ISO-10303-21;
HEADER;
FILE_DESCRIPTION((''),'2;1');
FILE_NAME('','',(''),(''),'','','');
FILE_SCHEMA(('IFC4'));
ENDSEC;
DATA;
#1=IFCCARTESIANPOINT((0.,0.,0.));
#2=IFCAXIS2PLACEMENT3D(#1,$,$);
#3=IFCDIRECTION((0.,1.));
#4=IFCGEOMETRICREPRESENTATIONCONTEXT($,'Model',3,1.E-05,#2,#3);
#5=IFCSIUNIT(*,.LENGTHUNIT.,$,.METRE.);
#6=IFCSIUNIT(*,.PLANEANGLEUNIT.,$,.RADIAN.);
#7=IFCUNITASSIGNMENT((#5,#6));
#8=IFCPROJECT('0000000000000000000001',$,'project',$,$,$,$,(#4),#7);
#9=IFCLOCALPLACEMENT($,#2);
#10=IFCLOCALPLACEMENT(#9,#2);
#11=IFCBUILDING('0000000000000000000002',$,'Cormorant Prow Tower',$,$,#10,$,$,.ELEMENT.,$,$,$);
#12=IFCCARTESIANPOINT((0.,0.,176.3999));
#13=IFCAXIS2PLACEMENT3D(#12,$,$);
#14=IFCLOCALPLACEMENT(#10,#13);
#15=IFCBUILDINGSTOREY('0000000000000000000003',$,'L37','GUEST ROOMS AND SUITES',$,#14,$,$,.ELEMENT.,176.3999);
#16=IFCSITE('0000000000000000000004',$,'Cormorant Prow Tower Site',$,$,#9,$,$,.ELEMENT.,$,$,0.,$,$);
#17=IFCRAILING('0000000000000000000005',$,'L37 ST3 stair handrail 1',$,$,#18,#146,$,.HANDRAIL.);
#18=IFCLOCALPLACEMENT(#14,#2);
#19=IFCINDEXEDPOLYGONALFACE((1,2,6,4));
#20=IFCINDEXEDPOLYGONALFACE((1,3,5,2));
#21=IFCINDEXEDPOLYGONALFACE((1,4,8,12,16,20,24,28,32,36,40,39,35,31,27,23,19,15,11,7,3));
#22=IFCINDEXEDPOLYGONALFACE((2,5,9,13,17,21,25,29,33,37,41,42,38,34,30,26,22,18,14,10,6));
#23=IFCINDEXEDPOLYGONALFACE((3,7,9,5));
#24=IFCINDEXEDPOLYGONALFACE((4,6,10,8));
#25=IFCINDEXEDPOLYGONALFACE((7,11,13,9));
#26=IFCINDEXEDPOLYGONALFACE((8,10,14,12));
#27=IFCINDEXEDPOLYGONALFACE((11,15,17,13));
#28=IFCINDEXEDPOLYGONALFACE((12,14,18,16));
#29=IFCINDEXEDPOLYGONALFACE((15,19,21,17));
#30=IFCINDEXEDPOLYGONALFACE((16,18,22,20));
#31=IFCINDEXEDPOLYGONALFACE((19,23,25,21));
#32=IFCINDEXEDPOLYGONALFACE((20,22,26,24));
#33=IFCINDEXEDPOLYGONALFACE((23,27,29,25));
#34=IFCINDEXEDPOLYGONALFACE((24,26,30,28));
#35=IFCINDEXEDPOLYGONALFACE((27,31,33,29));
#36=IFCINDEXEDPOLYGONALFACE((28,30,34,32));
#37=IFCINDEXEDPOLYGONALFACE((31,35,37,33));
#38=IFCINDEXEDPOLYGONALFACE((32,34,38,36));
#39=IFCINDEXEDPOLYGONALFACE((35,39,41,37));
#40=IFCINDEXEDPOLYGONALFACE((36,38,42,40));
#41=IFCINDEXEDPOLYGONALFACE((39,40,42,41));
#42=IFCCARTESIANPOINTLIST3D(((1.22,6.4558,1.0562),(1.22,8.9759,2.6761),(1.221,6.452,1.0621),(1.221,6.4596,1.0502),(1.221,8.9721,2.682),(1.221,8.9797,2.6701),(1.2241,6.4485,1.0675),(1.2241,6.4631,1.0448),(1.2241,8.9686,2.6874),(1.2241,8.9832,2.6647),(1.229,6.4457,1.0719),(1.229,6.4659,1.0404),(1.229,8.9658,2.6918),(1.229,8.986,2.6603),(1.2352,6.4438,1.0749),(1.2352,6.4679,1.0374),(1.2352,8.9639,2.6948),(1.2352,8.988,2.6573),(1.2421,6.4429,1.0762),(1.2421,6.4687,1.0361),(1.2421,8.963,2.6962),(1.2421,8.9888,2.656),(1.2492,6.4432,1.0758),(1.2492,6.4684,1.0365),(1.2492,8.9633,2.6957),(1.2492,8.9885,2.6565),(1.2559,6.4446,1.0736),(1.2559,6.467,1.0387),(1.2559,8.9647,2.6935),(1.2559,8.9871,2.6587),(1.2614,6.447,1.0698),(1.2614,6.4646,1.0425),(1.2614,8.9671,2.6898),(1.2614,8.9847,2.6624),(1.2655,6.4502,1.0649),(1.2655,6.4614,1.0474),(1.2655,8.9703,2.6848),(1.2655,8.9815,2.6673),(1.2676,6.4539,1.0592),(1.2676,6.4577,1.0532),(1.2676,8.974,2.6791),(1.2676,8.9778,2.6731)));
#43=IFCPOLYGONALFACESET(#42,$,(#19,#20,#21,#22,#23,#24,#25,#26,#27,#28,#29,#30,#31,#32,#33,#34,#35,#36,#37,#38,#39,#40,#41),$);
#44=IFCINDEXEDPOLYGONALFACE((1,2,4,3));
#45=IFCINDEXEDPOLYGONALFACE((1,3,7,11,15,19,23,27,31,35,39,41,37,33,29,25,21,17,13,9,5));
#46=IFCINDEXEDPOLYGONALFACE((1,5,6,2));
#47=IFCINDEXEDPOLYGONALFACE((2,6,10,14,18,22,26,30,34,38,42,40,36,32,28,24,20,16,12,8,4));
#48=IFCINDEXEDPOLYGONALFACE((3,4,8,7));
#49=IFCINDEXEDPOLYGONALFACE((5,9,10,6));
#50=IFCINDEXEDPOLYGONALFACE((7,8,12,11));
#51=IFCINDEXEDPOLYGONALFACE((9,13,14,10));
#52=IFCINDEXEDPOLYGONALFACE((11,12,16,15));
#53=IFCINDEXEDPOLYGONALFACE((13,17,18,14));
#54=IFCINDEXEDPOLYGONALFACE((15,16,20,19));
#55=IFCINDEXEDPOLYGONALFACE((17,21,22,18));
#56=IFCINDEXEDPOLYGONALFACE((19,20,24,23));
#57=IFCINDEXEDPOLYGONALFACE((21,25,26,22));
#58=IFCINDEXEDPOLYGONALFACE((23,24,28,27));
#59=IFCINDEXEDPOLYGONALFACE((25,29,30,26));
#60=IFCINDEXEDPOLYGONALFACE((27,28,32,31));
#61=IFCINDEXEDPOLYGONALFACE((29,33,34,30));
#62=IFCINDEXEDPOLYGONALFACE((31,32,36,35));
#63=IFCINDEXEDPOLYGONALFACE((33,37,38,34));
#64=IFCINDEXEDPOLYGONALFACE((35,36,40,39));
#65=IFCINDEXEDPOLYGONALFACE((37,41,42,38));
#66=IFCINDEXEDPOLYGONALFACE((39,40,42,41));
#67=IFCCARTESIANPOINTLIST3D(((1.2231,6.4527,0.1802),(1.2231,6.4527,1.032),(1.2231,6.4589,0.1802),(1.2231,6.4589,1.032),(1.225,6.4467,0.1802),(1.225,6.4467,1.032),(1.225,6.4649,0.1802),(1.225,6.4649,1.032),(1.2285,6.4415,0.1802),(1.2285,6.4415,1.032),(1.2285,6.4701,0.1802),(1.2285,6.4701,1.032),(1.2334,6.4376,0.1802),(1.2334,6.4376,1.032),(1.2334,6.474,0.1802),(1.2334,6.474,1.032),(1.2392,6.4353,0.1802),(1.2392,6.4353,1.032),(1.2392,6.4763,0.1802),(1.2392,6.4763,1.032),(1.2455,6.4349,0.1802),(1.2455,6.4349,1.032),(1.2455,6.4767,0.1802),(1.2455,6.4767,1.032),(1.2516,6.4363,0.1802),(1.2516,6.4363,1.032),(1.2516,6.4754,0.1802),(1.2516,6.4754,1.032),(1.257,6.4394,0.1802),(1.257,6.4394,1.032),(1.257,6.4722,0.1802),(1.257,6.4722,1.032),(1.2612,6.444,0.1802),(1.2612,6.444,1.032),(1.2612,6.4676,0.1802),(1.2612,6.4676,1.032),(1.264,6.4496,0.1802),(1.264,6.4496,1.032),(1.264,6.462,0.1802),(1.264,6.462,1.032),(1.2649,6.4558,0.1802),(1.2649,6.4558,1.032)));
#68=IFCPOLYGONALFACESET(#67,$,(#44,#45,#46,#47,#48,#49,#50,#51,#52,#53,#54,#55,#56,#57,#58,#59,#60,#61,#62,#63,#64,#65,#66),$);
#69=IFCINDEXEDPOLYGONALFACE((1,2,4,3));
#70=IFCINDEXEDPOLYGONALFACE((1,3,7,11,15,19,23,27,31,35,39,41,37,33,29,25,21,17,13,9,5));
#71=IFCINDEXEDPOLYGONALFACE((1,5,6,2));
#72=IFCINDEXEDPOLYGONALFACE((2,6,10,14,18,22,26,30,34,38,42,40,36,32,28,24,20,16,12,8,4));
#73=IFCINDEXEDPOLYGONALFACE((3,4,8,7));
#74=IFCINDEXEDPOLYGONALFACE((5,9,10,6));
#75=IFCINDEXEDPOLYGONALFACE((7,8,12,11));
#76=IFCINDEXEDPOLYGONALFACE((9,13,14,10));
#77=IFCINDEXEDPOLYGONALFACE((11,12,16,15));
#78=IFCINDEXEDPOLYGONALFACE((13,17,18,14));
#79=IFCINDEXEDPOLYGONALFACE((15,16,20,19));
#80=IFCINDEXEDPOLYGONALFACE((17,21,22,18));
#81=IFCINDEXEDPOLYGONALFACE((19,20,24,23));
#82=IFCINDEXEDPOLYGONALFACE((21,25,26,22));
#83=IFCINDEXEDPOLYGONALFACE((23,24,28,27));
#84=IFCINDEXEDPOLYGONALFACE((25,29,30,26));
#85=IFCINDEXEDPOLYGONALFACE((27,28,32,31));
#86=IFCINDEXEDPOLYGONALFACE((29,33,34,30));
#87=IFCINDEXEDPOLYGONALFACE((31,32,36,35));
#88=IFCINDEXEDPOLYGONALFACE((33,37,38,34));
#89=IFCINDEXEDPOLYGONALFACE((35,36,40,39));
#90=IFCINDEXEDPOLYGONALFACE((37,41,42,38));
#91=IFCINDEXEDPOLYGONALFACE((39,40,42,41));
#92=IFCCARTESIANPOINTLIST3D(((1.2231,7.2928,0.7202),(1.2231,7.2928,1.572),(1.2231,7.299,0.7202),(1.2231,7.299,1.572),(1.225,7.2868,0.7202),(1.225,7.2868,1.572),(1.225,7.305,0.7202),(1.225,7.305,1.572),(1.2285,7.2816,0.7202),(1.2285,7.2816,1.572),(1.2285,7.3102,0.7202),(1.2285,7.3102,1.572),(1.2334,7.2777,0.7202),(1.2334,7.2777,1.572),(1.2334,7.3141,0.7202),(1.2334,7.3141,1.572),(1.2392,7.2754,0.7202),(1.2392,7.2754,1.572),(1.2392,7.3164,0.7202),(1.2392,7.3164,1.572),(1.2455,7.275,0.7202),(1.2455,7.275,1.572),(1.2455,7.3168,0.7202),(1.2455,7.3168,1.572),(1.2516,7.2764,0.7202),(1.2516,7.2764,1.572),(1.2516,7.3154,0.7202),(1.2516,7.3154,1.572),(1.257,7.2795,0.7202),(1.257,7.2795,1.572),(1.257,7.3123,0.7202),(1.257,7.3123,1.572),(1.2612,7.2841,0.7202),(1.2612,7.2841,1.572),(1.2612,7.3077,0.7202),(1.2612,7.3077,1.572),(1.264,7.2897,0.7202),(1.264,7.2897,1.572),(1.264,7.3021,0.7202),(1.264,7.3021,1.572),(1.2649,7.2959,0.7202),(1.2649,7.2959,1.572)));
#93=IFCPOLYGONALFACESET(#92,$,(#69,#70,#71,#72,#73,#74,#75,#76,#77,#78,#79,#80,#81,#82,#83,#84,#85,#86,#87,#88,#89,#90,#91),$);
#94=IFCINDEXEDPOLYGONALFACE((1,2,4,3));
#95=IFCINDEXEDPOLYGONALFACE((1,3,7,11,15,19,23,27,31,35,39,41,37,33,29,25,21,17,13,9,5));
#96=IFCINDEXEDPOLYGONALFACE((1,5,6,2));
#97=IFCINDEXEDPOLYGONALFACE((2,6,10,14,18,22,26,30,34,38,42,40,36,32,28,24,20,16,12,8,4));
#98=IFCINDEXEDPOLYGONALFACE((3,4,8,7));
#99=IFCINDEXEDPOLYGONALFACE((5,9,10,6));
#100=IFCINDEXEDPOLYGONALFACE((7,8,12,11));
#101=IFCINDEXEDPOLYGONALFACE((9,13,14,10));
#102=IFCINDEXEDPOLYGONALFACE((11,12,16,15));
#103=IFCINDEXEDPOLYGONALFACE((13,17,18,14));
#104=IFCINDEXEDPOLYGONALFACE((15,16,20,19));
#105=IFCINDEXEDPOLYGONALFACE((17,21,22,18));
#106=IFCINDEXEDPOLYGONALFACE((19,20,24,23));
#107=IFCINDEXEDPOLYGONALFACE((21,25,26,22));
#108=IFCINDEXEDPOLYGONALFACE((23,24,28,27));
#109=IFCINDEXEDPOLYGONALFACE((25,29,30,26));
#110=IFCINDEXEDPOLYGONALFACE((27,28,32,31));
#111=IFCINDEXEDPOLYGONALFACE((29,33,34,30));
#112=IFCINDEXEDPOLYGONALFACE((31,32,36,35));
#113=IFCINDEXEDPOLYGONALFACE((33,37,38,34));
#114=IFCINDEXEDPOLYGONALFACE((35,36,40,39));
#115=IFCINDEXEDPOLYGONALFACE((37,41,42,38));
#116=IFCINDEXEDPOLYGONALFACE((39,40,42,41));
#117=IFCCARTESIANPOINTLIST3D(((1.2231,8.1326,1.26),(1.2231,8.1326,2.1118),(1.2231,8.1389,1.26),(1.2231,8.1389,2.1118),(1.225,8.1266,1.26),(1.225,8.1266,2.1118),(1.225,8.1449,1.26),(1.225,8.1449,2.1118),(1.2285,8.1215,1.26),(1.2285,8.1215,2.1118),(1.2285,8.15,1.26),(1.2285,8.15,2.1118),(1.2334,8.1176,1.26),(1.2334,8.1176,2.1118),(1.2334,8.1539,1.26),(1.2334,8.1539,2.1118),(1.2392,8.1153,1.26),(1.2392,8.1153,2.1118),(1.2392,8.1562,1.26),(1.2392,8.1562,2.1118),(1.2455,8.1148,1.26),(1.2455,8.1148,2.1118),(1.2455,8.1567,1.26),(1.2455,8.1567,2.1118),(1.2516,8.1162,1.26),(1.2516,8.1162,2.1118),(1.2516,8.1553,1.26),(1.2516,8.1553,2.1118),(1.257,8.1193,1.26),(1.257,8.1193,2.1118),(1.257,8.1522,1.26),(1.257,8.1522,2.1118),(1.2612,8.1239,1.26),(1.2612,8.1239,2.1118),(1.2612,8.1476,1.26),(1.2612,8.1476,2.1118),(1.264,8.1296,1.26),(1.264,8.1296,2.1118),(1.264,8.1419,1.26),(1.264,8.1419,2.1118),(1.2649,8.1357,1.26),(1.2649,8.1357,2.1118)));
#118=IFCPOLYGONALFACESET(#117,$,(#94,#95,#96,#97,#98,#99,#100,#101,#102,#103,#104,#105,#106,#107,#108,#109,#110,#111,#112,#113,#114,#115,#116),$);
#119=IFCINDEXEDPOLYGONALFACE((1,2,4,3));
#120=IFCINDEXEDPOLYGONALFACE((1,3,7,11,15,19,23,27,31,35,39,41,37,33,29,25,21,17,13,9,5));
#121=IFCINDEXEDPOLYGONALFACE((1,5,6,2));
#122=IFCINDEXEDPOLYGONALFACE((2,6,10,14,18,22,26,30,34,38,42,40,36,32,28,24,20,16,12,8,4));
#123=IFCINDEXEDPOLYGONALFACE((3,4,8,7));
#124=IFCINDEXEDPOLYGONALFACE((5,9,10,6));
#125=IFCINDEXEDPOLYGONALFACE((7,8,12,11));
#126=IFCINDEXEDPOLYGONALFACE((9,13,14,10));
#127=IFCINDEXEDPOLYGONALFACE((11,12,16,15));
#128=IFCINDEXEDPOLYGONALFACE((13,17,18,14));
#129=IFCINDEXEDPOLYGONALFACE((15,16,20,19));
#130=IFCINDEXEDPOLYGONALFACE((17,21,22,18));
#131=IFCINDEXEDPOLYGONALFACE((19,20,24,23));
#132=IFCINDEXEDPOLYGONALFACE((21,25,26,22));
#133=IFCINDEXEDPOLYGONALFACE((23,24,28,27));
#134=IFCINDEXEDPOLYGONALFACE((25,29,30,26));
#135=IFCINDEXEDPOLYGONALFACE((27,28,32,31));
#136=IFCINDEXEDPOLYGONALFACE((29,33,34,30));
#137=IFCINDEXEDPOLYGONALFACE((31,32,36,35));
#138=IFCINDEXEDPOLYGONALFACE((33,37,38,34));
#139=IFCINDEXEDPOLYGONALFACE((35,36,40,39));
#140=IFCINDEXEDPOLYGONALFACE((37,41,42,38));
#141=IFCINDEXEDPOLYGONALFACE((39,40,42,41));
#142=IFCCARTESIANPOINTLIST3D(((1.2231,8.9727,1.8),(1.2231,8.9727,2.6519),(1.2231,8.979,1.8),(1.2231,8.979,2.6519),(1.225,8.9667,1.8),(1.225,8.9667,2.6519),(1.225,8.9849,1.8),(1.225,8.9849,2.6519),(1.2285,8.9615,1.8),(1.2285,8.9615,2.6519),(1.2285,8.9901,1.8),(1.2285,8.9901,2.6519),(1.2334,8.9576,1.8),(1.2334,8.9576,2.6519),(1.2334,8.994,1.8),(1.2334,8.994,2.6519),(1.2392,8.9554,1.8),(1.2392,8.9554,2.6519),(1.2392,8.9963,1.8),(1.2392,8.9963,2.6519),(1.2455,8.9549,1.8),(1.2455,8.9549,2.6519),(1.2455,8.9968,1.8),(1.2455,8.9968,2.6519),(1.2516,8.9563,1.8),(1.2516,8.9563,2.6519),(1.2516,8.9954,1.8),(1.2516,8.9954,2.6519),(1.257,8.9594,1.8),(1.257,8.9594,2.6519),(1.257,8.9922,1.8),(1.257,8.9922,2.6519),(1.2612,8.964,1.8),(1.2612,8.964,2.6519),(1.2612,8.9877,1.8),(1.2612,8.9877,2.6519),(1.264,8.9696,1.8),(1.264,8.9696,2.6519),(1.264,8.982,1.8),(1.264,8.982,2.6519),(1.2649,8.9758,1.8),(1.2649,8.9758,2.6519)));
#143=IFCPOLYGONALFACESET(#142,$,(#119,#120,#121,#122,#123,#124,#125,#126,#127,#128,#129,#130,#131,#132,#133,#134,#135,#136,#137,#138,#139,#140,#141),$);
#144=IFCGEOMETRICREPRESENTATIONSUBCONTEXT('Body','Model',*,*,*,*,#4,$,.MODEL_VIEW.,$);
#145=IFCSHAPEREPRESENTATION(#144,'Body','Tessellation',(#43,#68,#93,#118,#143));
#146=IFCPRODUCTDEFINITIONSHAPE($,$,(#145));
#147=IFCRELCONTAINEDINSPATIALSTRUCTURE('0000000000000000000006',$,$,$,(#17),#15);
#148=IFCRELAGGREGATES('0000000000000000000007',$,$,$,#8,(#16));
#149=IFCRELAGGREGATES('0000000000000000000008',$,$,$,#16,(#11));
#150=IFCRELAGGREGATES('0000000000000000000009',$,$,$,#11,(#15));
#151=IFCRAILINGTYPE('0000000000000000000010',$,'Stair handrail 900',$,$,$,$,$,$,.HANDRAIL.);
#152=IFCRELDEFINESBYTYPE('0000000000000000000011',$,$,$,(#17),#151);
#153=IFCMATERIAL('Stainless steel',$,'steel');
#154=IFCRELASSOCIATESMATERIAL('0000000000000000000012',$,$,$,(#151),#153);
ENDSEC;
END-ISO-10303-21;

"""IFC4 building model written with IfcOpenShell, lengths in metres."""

from ifc_helpers import new_model, si_unit, direction, frame, origin, origin_2d, place, context, subcontext, project, spatial, circle, extrude, material, type_object, element, save


model = new_model("IFC4")

# Units and contexts
model_context = context("Model", 3, precision=1e-05, world=origin(), true_north=direction((0.0, 1.0)))
body_context = subcontext(model_context, "Body", "Model", "MODEL_VIEW")
ifc_project = project(units=[si_unit("LENGTHUNIT", "METRE"), si_unit("PLANEANGLEUNIT", "RADIAN")], contexts=[model_context])

# Site, building, storey
site_placement = place(None, origin())
site = spatial("IfcSite", under=ifc_project, at=site_placement, Name="Cormorant Prow Tower Site", CompositionType="ELEMENT", RefElevation=0.0)
building_placement = place(site_placement, origin())
building = spatial("IfcBuilding", under=site, at=building_placement, Name="Cormorant Prow Tower", CompositionType="ELEMENT")
storey_placement = place(building_placement, frame((0.0, 0.0, 176.3999)))
storey = spatial("IfcBuildingStorey", under=building, at=storey_placement, Name="L37", Description="GUEST ROOMS AND SUITES", CompositionType="ELEMENT", Elevation=176.3999)

# Railing
ifc_material_1 = material(Name="Stainless steel", Category="steel")
railing_type_1 = type_object("IfcRailingType", Name="Stair handrail 900", PredefinedType="HANDRAIL", material=ifc_material_1)
railing_1_placement = place(storey_placement, frame((1.2439, 6.4558, 0.1802)))
element("IfcRailing", 1, at=railing_1_placement, inside=storey, type_object=railing_type_1, Name="L37 ST3 stair handrail 1", PredefinedType="HANDRAIL", context=body_context, shape_type="SweptSolid", body=[
    extrude(circle(Radius=0.0239, at=origin_2d()), frame((0.0, 0.0, 0.876), z_axis=(0.0, 0.8412, 0.540725), x_axis=(-1.0, 0.0, 0.0)), (0.0, 0.0, 1.0), 2.9958),
    extrude(circle(Radius=0.021, at=origin_2d()), origin(), (0.0, 0.0, 1.0), 0.8518),
    extrude(circle(Radius=0.021, at=origin_2d()), frame((0.0, 0.8401, 0.54)), (0.0, 0.0, 1.0), 0.8518),
    extrude(circle(Radius=0.021, at=origin_2d()), frame((0.0, 1.6799, 1.0798)), (0.0, 0.0, 1.0), 0.8518),
    extrude(circle(Radius=0.021, at=origin_2d()), frame((0.0, 2.52, 1.6199)), (0.0, 0.0, 1.0), 0.8518),
])

save(model, "model.ifc")
